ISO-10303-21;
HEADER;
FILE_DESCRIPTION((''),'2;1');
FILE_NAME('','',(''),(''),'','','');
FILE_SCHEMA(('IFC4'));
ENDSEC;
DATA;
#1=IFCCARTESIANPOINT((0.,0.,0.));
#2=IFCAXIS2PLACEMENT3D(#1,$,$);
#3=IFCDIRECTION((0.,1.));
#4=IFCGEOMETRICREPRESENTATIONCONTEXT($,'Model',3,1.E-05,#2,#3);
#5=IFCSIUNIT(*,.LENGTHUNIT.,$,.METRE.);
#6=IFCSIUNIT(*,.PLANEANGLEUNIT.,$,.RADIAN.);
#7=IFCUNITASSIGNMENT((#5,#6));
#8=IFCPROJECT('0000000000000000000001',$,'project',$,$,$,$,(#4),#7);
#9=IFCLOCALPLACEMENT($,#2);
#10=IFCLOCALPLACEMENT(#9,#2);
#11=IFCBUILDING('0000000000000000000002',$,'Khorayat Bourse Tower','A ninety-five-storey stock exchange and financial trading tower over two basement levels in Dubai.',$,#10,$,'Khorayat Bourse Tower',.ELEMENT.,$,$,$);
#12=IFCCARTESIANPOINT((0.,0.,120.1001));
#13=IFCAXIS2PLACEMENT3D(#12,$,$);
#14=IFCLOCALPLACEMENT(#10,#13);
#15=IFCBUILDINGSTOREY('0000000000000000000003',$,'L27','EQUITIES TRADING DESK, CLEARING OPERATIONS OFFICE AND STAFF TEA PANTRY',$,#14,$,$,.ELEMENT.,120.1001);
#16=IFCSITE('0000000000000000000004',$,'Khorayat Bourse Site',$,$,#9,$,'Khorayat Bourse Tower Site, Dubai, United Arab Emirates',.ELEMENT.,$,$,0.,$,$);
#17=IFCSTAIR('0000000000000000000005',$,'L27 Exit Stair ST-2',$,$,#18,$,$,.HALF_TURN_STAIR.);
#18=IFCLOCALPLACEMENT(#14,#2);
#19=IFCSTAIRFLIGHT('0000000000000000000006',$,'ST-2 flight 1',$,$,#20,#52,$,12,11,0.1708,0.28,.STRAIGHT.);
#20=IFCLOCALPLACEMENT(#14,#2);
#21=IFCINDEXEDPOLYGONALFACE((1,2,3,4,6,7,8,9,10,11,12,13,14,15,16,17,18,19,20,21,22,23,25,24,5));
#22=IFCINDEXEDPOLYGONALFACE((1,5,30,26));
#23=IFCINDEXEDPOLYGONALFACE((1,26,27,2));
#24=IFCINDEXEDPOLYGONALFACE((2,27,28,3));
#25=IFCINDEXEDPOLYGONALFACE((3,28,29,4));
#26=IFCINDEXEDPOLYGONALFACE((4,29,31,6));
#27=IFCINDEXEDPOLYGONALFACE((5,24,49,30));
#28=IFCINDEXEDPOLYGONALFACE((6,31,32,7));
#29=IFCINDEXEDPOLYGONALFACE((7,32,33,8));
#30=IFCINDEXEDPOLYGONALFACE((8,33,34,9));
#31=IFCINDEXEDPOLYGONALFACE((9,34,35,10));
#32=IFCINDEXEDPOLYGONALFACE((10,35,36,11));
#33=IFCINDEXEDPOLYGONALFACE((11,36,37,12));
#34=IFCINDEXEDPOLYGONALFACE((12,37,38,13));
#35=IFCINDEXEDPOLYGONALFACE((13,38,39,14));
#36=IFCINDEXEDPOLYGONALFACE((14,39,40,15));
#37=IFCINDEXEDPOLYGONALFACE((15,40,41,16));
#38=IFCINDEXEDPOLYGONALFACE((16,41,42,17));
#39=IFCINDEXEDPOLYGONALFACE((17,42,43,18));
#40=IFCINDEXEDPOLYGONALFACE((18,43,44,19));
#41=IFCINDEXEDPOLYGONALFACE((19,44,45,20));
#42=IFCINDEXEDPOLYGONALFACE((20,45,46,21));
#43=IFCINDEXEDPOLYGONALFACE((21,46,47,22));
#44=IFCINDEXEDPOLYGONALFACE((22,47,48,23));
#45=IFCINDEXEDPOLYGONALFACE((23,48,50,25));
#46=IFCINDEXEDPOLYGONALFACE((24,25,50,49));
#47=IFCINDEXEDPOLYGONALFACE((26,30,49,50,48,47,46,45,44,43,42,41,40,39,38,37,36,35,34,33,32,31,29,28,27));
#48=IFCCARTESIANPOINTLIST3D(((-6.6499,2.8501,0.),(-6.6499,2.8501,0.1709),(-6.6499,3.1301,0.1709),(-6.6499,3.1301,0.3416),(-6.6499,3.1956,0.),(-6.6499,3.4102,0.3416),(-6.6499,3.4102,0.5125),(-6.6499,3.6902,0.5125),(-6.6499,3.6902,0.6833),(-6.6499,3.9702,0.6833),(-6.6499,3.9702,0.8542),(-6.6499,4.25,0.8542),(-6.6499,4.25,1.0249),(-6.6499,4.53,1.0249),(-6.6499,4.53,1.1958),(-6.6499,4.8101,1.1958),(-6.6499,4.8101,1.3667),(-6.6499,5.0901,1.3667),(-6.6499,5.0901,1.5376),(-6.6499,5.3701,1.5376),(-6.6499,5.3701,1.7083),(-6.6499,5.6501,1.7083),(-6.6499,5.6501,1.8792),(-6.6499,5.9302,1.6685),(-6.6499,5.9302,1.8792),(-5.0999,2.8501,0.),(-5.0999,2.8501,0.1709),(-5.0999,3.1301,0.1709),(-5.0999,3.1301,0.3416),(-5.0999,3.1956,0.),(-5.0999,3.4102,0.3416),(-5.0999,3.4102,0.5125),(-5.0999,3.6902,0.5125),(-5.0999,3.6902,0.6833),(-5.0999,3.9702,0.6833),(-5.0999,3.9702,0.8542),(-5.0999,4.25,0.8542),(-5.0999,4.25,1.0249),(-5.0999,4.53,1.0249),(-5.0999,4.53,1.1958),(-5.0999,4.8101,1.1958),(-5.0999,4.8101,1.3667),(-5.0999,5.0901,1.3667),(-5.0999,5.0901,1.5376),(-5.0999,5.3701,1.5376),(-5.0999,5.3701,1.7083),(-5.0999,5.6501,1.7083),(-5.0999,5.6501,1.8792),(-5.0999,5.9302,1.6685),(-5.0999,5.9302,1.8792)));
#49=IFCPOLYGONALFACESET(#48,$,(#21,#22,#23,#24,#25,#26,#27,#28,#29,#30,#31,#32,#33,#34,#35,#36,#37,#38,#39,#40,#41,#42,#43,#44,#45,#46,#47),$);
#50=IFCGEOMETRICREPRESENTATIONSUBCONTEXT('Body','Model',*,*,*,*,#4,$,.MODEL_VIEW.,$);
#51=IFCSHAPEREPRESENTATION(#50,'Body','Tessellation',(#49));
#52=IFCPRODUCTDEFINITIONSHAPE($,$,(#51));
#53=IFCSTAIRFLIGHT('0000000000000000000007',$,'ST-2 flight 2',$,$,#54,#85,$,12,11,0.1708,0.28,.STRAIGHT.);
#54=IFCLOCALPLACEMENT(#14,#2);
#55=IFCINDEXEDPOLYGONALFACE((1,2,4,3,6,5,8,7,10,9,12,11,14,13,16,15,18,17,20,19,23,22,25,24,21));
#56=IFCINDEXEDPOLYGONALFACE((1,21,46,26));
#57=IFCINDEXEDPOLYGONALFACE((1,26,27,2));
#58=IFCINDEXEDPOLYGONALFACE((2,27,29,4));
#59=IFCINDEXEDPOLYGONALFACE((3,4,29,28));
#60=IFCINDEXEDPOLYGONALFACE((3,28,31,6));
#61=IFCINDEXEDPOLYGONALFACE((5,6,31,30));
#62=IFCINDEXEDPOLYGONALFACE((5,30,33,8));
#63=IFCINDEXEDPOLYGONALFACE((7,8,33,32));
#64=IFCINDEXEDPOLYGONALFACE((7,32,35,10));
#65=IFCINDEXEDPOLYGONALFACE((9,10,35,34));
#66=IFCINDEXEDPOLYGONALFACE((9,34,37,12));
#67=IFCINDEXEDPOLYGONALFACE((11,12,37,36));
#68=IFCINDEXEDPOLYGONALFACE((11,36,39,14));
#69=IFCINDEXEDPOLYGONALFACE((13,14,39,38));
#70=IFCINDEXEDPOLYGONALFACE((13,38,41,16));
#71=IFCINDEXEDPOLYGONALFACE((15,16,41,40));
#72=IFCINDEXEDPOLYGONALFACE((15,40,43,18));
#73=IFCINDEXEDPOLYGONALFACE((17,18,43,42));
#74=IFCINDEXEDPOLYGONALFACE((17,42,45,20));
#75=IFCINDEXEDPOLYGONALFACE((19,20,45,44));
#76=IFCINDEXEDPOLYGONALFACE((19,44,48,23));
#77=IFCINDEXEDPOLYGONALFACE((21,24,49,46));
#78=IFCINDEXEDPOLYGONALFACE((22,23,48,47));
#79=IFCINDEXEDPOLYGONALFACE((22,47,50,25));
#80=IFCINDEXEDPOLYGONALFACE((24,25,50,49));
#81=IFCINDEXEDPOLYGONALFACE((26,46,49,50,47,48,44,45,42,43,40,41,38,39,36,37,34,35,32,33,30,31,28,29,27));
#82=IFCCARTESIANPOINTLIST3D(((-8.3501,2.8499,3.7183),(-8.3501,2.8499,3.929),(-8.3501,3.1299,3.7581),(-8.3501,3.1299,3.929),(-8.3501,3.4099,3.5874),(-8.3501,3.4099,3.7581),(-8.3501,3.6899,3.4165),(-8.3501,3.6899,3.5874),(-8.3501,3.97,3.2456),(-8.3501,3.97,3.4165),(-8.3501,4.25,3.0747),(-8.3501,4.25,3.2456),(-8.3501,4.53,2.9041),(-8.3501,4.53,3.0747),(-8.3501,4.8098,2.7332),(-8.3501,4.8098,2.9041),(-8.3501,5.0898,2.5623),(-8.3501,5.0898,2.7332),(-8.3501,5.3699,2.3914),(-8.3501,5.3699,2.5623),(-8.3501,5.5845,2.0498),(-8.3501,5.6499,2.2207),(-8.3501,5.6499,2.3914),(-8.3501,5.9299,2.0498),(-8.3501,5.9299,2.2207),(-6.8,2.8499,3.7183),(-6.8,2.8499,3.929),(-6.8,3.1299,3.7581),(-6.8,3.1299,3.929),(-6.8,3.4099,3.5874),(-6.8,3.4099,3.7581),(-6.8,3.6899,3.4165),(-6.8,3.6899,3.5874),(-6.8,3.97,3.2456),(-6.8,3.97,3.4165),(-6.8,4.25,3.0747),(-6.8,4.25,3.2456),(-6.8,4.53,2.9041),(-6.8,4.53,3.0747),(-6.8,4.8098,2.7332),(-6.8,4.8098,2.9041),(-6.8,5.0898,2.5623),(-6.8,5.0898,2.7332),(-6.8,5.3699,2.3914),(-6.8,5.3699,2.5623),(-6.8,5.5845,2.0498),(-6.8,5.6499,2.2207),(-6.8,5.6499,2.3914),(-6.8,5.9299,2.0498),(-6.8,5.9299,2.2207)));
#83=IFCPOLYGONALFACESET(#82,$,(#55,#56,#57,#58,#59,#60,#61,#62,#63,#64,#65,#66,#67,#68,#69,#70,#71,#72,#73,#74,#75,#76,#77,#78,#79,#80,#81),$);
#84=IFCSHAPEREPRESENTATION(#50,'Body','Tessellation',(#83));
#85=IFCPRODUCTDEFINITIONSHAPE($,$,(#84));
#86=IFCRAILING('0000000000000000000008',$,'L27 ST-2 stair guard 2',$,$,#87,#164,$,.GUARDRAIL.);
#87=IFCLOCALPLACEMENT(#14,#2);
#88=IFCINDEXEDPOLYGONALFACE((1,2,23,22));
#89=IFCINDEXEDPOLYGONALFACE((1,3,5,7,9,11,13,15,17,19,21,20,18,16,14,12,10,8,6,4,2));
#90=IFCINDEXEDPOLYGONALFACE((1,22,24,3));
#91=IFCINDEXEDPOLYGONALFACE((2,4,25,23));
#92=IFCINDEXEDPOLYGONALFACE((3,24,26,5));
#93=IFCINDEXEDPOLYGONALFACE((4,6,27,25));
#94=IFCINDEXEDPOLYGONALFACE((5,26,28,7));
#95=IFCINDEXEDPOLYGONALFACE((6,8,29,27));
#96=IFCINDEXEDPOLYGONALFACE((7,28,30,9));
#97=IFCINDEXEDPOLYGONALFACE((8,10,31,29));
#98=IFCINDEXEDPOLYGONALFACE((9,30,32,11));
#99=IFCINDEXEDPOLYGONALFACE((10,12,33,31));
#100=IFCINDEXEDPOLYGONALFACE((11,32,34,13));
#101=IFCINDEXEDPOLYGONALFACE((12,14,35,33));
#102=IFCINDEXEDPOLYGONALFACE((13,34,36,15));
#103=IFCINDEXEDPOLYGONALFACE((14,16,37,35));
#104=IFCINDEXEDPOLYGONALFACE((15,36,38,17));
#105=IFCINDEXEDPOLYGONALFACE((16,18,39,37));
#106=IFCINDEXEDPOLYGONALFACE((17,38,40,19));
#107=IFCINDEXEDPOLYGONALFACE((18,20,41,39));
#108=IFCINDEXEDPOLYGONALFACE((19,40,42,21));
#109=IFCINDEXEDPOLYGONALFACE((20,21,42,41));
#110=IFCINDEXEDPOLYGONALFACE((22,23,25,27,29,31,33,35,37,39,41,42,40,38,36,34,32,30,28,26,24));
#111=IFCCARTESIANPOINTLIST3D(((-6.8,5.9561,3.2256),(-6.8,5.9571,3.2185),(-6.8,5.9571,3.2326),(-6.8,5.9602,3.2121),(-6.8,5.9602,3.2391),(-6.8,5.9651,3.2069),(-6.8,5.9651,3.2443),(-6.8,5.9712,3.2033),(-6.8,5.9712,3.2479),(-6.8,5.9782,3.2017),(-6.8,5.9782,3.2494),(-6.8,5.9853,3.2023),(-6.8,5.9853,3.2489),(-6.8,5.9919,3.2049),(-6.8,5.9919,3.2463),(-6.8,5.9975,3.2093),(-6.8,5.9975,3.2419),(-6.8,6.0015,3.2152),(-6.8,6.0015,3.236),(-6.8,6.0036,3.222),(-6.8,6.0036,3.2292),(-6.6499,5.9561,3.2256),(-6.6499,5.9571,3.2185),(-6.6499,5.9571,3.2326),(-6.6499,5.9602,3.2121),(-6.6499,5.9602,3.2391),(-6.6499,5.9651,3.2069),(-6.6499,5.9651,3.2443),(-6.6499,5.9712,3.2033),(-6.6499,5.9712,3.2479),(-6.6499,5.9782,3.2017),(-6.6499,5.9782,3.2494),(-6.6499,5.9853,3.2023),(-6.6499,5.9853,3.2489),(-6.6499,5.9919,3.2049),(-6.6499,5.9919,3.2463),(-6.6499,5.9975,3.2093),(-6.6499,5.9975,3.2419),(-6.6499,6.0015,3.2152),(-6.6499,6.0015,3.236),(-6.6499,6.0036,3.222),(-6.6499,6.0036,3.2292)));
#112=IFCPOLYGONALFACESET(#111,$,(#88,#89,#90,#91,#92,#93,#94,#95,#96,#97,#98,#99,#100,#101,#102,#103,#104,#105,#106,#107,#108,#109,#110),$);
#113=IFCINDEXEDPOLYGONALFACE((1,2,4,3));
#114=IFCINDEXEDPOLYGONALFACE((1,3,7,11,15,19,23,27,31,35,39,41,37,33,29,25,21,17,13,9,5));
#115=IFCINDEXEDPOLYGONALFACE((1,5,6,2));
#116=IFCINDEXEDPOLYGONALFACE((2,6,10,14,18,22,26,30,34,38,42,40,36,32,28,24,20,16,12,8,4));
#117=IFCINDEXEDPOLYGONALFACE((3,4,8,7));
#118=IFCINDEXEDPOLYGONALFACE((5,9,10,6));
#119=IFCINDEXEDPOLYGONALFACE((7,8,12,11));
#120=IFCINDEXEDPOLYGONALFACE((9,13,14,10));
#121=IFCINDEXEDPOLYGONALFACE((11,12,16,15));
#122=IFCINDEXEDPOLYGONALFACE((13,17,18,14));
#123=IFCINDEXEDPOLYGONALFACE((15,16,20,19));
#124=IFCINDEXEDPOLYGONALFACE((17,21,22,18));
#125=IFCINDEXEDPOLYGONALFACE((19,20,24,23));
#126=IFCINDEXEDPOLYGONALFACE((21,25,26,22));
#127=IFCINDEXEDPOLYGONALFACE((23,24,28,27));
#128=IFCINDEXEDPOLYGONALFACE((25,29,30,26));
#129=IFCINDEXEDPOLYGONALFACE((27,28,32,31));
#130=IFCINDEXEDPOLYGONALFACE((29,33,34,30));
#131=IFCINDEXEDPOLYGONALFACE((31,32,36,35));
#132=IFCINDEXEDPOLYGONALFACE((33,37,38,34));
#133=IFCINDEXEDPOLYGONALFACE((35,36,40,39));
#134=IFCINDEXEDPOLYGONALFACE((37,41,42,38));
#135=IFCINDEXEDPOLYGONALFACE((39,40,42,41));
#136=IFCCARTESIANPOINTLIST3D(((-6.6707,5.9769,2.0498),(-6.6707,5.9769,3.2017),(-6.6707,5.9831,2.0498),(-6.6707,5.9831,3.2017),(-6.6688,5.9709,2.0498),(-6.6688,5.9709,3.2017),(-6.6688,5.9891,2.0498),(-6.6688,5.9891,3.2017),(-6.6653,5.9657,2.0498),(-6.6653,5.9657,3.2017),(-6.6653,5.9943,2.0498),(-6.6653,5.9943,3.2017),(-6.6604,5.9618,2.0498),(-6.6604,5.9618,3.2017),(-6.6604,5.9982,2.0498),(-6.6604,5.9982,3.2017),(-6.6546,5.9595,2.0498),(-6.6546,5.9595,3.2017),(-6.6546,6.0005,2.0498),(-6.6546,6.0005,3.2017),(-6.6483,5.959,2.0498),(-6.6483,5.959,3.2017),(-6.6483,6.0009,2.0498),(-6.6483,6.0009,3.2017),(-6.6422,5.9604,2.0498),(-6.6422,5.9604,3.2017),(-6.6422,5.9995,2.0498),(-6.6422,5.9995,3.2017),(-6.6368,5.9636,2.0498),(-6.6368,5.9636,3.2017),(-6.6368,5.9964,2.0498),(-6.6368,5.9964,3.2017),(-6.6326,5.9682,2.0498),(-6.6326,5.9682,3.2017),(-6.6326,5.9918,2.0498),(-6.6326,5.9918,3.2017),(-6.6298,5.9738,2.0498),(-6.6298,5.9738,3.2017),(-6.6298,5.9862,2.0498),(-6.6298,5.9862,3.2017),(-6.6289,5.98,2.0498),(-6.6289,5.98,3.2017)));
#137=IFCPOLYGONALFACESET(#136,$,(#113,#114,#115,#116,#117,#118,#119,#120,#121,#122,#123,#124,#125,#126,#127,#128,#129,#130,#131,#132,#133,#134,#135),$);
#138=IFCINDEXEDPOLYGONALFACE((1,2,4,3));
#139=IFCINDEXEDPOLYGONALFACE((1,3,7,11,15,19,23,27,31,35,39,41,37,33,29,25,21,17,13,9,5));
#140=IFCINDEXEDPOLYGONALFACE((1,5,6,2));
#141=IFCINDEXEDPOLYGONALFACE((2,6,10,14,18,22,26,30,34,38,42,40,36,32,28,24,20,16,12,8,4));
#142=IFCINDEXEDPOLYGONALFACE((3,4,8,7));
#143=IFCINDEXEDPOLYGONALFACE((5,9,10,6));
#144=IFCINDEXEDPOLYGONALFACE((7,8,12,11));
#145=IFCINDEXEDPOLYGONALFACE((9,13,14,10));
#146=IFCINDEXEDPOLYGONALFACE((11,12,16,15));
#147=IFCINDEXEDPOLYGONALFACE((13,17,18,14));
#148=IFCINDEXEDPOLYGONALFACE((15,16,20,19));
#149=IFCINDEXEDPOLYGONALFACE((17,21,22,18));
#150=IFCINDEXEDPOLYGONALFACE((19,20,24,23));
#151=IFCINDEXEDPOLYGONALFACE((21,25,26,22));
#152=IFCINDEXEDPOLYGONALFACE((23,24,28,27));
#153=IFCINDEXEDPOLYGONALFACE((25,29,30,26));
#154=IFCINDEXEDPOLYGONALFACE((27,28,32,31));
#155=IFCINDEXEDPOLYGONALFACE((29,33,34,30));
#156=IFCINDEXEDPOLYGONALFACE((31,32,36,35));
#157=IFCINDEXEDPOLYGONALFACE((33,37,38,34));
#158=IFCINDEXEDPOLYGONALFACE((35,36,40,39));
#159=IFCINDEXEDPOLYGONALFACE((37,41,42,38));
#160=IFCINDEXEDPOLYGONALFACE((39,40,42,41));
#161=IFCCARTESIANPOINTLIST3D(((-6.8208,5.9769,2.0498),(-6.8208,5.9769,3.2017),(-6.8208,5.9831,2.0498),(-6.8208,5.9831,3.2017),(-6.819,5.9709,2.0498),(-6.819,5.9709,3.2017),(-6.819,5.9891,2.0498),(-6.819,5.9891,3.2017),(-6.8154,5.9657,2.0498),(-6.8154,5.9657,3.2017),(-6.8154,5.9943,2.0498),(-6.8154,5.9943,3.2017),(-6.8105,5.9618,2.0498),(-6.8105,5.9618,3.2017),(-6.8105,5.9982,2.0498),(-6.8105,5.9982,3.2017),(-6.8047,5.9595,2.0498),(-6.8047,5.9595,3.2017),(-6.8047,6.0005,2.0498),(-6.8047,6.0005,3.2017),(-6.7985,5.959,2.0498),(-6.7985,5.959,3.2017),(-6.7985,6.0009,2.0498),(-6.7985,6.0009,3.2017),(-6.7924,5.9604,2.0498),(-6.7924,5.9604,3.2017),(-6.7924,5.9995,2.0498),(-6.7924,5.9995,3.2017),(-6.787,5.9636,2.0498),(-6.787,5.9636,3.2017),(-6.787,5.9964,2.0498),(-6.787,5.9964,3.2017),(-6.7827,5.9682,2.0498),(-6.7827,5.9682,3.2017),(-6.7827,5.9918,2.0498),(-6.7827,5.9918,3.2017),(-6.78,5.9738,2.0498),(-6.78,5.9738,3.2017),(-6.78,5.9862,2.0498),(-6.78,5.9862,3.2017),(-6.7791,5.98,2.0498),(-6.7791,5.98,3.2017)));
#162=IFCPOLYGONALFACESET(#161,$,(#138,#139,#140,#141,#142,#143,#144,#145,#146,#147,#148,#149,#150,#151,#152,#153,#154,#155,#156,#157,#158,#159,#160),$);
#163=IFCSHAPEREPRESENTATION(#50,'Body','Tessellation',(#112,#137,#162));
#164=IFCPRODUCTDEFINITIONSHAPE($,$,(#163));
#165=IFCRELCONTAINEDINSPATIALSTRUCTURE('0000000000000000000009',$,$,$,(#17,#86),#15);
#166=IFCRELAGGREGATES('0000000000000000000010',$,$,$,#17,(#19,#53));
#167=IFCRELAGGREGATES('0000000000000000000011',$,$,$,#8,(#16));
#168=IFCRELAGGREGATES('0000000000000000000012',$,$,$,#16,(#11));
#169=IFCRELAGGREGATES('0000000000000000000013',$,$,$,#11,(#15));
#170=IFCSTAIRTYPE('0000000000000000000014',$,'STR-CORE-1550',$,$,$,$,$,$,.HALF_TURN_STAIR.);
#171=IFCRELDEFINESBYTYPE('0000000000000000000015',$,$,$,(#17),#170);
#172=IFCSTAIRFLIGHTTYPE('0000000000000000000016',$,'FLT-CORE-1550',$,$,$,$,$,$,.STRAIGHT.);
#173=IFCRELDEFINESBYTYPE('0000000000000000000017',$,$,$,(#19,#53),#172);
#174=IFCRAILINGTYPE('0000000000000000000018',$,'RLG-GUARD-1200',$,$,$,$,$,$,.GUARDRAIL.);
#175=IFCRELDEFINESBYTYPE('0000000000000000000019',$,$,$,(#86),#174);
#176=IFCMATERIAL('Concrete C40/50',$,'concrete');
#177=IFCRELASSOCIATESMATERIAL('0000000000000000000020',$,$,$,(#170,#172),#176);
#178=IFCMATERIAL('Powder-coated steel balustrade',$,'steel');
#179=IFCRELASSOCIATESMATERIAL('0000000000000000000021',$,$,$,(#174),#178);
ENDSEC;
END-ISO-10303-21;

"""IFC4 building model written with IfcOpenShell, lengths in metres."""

from ifc_helpers import new_model, si_unit, direction, frame, origin, origin_2d, place, context, subcontext, project, spatial, polyline, circle, outline, extrude, source, transform, mapped, material, type_object, element, aggregate, save


model = new_model("IFC4")

# Units and contexts
model_context = context("Model", 3, precision=1e-05, world=origin(), true_north=direction((0.0, 1.0)))
body_context = subcontext(model_context, "Body", "Model", "MODEL_VIEW")
ifc_project = project(units=[si_unit("LENGTHUNIT", "METRE"), si_unit("PLANEANGLEUNIT", "RADIAN")], contexts=[model_context])

# Site, building, storey
site_placement = place(None, origin())
site = spatial("IfcSite", under=ifc_project, at=site_placement, Name="Khorayat Bourse Site", LongName="Khorayat Bourse Tower Site, Dubai, United Arab Emirates", CompositionType="ELEMENT", RefElevation=0.0)
building_placement = place(site_placement, origin())
building = spatial("IfcBuilding", under=site, at=building_placement, Name="Khorayat Bourse Tower", Description="A ninety-five-storey stock exchange and financial trading tower over two basement levels in Dubai.", LongName="Khorayat Bourse Tower", CompositionType="ELEMENT")
storey_placement = place(building_placement, frame((0.0, 0.0, 120.1001)))
storey = spatial("IfcBuildingStorey", under=building, at=storey_placement, Name="L27", Description="EQUITIES TRADING DESK, CLEARING OPERATIONS OFFICE AND STAFF TEA PANTRY", CompositionType="ELEMENT", Elevation=120.1001)

# Stair, stair flights
ifc_material_1 = material(Name="Concrete C40/50", Category="concrete")
stair_type = type_object("IfcStairType", Name="STR-CORE-1550", PredefinedType="HALF_TURN_STAIR", material=ifc_material_1)
stair_placement = place(storey_placement, origin())
stair = element("IfcStair", 1, at=stair_placement, inside=storey, type_object=stair_type, Name="L27 Exit Stair ST-2", PredefinedType="HALF_TURN_STAIR")
stair_flight_type = type_object("IfcStairFlightType", Name="FLT-CORE-1550", PredefinedType="STRAIGHT", material=ifc_material_1)
shared_shape_1 = source(origin(), body_context, "Body", "SweptSolid", [
    extrude(outline(polyline([(0.0, 0.0), (0.0, 0.1709), (0.28, 0.1709), (0.28, 0.3416), (0.5601, 0.3416), (0.5601, 0.5125), (0.8401, 0.5125), (0.8401, 0.6833), (1.1201, 0.6833), (1.1201, 0.8542), (1.3999, 0.8542), (1.3999, 1.0249), (1.6799, 1.0249), (1.6799, 1.1958), (1.96, 1.1958), (1.96, 1.3667), (2.24, 1.3667), (2.24, 1.5376), (2.52, 1.5376), (2.52, 1.7083), (2.8, 1.7083), (2.8, 1.8792), (3.0801, 1.8792), (3.0801, 2.05), (3.0801, 1.6685), (0.3455, 0.0), (0.0, 0.0)])), frame((0.0, 0.7749, 0.0), z_axis=(0.0, -1.0, 0.0), x_axis=(1.0, 0.0, 0.0)), (0.0, 0.0, 1.0), 1.55),
])
stair_flight_1_placement = place(storey_placement, frame((-5.875, 2.8501, 0.0), z_axis=(0.0, 0.0, 1.0), x_axis=(0.0, 1.0, 0.0)))
stair_flight_1 = element("IfcStairFlight", 2, at=stair_flight_1_placement, type_object=stair_flight_type, Name="ST-2 flight 1", NumberOfRisers=12, NumberOfTreads=11, PredefinedType="STRAIGHT", RiserHeight=0.1708, TreadLength=0.28, context=body_context, shape_type="MappedRepresentation", body=[
    mapped(shared_shape_1, transform((0.0, 0.0, 0.0), scale=1.0)),
])
stair_flight_2_placement = place(storey_placement, frame((-7.575, 5.9299, 2.0498), z_axis=(0.0, 0.0, 1.0), x_axis=(0.0, -1.0, 0.0)))
stair_flight_2 = element("IfcStairFlight", 3, at=stair_flight_2_placement, type_object=stair_flight_type, Name="ST-2 flight 2", NumberOfRisers=12, NumberOfTreads=11, PredefinedType="STRAIGHT", RiserHeight=0.1708, TreadLength=0.28, context=body_context, shape_type="MappedRepresentation", body=[
    mapped(shared_shape_1, transform((0.0, 0.0, 0.0), scale=1.0)),
])
aggregate(stair, [stair_flight_1, stair_flight_2])

# Railing
ifc_material_2 = material(Name="Powder-coated steel balustrade", Category="steel")
railing_type_1 = type_object("IfcRailingType", Name="RLG-GUARD-1200", PredefinedType="GUARDRAIL", material=ifc_material_2)
shared_shape_2 = source(origin(), body_context, "Body", "SweptSolid", [
    extrude(circle(Radius=0.0239, at=origin_2d()), frame((0.0, 0.0, 1.1758), z_axis=(-1.0, 0.0, 0.0), x_axis=(0.0, -1.0, 0.0)), (0.0, 0.0, 1.0), 0.1501),
    extrude(circle(Radius=0.021, at=origin_2d()), origin(), (0.0, 0.0, 1.0), 1.1519),
    extrude(circle(Radius=0.021, at=origin_2d()), frame((-0.1501, 0.0, 0.0)), (0.0, 0.0, 1.0), 1.1519),
])
for number, where, name in (
    (4, (-6.6499, 5.98, 2.0498), "L27 ST-2 stair guard 2"),
):
    element("IfcRailing", number, at=place(storey_placement, frame(where)), inside=storey, type_object=railing_type_1, Name=name, PredefinedType="GUARDRAIL", context=body_context, shape_type="MappedRepresentation", body=[
        mapped(shared_shape_2, transform((0.0, 0.0, 0.0), scale=1.0)),
    ])

save(model, "model.ifc")
